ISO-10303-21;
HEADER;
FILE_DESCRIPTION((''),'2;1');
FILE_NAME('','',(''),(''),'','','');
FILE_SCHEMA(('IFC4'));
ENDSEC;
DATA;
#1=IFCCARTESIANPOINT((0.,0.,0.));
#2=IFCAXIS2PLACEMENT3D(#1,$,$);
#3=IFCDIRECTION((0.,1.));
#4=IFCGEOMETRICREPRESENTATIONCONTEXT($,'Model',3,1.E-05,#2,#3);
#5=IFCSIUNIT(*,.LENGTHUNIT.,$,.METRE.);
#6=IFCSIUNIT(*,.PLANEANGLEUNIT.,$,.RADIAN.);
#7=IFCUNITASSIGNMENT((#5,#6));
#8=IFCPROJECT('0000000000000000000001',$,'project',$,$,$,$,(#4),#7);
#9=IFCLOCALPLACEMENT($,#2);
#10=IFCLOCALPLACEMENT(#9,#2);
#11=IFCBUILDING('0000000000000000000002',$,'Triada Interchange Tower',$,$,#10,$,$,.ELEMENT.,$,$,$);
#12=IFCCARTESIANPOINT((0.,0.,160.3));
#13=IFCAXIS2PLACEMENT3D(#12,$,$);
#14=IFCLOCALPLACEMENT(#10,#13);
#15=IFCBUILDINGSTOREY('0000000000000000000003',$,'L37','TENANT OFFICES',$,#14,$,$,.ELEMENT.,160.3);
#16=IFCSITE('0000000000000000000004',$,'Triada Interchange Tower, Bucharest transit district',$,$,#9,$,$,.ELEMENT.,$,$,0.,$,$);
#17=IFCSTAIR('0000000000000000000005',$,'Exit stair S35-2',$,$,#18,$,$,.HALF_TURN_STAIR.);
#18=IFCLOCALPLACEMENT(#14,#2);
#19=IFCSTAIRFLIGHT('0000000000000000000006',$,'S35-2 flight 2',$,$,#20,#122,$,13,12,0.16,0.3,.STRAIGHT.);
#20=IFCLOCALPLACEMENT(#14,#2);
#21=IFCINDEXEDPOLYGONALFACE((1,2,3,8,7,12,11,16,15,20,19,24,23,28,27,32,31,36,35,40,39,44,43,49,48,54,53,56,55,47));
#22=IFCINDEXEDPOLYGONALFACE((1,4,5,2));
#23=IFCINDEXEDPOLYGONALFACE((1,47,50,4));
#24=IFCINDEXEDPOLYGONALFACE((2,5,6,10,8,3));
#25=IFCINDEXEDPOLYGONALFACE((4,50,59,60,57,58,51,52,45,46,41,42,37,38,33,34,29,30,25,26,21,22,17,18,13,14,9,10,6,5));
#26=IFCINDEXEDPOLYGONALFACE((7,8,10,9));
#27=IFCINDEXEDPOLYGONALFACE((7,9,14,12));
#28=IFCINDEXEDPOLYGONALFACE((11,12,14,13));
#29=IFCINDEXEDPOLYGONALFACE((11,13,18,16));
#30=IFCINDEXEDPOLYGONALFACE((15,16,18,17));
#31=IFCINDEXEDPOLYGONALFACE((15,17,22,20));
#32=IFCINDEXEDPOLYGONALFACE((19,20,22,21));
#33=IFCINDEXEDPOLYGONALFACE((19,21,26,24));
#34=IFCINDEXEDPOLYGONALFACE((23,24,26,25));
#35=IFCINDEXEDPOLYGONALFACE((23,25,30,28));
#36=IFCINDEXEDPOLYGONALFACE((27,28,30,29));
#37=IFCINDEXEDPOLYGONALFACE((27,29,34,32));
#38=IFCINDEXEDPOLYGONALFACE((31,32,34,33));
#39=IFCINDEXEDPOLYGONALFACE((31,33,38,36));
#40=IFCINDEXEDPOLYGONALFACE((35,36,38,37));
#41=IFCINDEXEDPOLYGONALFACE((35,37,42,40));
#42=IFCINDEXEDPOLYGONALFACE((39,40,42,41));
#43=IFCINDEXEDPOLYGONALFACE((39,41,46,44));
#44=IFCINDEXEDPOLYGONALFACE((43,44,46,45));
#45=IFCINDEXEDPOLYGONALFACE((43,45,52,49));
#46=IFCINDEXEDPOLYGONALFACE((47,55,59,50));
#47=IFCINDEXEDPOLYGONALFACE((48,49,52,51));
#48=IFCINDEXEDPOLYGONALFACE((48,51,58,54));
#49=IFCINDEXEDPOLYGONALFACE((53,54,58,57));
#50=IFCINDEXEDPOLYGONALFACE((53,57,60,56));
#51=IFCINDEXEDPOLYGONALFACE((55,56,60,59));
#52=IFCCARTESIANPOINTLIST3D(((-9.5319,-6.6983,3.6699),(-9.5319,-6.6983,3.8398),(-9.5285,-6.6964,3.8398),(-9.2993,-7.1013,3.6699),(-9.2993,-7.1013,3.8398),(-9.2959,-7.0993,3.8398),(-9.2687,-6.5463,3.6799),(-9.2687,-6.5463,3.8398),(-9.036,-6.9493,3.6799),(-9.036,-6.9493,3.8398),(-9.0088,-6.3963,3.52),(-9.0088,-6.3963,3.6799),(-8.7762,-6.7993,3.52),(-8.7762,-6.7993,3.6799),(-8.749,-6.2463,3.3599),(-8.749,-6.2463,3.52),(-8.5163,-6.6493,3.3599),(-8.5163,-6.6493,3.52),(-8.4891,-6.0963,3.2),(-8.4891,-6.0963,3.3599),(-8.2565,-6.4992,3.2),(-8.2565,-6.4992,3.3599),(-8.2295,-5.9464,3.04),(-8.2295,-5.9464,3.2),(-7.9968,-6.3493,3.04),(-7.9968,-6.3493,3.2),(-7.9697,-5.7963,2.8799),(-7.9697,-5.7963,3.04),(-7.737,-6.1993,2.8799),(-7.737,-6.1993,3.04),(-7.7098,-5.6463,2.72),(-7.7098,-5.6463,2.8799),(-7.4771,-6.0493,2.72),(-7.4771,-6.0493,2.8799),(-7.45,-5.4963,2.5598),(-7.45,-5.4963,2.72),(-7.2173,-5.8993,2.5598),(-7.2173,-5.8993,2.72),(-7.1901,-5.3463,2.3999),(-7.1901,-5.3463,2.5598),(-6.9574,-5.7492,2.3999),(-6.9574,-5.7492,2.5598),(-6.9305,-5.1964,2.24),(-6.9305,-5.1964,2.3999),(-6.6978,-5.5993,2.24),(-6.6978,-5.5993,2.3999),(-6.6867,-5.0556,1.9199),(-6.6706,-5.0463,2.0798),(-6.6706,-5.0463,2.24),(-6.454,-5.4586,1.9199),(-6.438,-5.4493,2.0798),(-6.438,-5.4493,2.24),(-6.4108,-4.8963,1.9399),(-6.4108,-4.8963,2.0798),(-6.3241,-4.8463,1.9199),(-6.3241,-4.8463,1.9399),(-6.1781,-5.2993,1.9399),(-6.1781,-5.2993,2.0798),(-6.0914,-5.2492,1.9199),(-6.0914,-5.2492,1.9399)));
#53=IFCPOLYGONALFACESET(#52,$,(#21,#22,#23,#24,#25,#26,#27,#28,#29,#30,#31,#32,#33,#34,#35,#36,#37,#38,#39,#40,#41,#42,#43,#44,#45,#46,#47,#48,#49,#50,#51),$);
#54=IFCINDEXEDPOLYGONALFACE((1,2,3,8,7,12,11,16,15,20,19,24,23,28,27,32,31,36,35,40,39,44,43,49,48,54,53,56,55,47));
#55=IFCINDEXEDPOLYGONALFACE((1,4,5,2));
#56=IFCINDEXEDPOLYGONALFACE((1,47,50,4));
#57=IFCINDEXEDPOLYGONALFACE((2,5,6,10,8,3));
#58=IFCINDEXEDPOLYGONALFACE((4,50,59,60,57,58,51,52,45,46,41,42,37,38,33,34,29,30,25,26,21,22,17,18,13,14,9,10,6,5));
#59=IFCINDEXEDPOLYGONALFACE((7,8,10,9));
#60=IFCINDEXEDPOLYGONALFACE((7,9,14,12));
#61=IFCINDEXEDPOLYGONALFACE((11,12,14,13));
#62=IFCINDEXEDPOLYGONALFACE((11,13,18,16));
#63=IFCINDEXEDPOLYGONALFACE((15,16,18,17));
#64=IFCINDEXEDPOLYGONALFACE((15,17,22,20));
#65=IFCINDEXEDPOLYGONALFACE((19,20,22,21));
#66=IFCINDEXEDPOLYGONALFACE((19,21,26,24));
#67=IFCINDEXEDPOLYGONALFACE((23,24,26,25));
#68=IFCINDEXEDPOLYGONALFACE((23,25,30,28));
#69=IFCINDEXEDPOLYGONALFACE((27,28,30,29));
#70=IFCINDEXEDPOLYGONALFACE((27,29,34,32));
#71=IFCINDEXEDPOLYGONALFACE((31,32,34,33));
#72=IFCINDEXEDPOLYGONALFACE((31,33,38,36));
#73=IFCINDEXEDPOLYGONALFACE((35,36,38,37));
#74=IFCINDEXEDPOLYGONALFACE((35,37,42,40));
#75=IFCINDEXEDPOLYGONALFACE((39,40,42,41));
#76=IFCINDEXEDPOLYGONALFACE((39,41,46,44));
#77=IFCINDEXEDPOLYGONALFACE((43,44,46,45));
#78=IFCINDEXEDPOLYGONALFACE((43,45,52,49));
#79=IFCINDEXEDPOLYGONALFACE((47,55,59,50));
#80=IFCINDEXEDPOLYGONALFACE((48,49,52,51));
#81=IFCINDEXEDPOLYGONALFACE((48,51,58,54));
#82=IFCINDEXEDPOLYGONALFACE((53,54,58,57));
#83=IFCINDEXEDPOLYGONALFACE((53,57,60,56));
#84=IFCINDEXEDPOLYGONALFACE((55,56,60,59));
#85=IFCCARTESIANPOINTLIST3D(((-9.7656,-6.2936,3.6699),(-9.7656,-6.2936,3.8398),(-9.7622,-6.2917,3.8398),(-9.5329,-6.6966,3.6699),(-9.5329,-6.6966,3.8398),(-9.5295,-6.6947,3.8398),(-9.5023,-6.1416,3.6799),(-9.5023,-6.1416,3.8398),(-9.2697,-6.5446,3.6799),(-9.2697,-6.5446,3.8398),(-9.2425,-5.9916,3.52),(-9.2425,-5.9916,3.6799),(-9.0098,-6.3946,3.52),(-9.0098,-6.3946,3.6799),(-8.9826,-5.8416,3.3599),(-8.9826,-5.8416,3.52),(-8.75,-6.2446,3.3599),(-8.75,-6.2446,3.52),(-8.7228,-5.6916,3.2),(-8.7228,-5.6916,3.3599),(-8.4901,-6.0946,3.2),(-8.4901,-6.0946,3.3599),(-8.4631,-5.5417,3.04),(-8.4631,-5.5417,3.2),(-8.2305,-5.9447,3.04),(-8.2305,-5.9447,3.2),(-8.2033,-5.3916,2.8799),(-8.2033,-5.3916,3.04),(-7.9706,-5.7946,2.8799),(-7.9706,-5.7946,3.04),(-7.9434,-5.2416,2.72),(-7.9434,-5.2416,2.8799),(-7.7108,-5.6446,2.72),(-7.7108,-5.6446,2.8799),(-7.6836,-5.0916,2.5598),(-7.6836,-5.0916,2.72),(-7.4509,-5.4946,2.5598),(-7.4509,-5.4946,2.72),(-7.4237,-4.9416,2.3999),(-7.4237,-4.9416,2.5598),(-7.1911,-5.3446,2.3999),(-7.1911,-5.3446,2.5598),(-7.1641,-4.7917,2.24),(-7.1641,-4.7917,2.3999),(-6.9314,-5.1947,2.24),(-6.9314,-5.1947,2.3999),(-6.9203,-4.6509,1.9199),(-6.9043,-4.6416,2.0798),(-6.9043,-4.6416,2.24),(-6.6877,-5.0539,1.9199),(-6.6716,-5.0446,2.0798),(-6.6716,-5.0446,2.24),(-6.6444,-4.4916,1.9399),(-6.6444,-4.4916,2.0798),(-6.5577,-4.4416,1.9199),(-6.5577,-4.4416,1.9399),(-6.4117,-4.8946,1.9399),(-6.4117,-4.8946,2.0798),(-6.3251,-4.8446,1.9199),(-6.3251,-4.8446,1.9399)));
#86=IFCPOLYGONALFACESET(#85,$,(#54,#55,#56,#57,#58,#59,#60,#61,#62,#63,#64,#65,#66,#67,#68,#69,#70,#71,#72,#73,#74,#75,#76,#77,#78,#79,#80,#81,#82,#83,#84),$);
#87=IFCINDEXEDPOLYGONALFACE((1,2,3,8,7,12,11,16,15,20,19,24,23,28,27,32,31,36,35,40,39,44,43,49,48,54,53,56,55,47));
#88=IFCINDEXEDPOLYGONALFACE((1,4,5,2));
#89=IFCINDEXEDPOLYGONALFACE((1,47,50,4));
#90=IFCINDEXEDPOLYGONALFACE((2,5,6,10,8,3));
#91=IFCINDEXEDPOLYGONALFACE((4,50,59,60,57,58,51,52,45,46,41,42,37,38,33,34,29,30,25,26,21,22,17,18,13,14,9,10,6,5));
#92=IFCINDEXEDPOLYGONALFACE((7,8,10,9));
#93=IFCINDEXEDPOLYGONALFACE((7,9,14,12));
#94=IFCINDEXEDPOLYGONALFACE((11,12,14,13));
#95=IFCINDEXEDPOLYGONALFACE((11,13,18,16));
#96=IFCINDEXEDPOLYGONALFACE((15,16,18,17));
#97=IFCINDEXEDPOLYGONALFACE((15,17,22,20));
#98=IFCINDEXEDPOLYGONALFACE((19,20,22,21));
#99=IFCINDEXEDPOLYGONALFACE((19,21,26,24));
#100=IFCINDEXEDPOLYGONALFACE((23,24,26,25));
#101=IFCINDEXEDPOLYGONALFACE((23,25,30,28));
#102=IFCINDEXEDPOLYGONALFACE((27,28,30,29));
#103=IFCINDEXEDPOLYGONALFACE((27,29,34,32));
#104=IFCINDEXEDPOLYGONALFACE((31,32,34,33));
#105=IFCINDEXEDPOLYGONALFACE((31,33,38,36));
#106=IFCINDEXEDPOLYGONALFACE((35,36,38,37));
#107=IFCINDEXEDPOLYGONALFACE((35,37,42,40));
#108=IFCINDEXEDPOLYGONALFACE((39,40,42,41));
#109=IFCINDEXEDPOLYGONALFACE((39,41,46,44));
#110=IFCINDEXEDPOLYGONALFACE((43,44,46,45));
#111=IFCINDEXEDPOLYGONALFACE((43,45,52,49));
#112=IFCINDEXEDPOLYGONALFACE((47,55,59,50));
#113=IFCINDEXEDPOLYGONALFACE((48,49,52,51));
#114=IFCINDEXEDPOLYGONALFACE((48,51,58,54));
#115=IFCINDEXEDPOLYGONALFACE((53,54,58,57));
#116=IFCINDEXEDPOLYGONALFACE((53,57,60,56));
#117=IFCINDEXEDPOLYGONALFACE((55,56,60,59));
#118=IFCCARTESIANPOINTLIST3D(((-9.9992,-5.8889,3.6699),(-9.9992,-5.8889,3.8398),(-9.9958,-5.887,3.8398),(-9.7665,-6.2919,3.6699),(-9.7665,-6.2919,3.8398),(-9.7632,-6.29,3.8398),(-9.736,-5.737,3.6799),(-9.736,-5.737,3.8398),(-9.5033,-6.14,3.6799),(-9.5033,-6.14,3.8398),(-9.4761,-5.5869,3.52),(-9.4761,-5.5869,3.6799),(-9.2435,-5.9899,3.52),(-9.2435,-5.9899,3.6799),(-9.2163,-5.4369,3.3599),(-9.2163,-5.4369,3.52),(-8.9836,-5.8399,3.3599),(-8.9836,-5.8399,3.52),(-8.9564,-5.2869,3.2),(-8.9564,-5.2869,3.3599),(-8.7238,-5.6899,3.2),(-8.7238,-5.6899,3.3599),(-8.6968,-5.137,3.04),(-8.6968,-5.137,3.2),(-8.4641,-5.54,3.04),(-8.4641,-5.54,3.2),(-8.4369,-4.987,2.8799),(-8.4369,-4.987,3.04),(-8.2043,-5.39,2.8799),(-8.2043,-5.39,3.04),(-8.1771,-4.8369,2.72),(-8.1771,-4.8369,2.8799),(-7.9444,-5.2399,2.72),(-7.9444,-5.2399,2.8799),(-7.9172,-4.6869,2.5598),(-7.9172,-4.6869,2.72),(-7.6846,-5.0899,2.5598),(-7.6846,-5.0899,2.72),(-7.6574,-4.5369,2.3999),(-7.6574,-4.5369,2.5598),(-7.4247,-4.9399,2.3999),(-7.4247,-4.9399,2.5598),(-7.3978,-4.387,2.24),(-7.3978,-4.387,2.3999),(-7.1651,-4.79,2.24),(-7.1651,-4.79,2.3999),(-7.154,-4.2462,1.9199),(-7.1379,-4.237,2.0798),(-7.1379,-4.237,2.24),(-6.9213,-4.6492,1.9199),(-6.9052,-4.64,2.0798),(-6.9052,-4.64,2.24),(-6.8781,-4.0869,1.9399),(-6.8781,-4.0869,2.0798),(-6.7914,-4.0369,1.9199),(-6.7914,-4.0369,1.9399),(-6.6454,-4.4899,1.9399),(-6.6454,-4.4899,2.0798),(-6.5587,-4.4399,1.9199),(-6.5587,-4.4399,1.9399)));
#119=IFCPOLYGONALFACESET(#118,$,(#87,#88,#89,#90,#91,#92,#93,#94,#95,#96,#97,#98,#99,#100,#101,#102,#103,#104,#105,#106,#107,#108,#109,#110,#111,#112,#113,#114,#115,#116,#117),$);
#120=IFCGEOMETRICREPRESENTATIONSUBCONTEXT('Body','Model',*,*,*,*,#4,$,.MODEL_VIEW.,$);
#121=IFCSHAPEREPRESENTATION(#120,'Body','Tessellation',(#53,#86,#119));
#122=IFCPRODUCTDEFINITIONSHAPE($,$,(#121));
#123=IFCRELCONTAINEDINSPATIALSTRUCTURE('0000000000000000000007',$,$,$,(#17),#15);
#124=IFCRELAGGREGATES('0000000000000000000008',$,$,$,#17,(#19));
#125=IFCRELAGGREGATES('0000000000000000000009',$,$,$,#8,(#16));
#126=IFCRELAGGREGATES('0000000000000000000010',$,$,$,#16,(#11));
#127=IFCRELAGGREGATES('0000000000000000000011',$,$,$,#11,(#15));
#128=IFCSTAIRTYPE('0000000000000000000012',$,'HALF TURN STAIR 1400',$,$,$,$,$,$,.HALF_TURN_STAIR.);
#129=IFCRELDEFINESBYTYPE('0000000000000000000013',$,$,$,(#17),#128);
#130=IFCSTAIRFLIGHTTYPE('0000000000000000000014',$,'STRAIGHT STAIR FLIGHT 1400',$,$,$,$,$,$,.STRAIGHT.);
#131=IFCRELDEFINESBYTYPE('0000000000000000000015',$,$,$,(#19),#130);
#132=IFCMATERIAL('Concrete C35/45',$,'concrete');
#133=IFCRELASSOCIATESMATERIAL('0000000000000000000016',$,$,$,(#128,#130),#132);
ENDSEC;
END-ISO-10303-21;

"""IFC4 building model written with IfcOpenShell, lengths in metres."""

from ifc_helpers import new_model, si_unit, direction, frame, origin, place, context, subcontext, project, spatial, polyline, outline, extrude, material, type_object, element, aggregate, save


model = new_model("IFC4")

# Units and contexts
model_context = context("Model", 3, precision=1e-05, world=origin(), true_north=direction((0.0, 1.0)))
body_context = subcontext(model_context, "Body", "Model", "MODEL_VIEW")
ifc_project = project(units=[si_unit("LENGTHUNIT", "METRE"), si_unit("PLANEANGLEUNIT", "RADIAN")], contexts=[model_context])

# Site, building, storey
site_placement = place(None, origin())
site = spatial("IfcSite", under=ifc_project, at=site_placement, Name="Triada Interchange Tower, Bucharest transit district", CompositionType="ELEMENT", RefElevation=0.0)
building_placement = place(site_placement, origin())
building = spatial("IfcBuilding", under=site, at=building_placement, Name="Triada Interchange Tower", CompositionType="ELEMENT")
storey_placement = place(building_placement, frame((0.0, 0.0, 160.3)))
storey = spatial("IfcBuildingStorey", under=building, at=storey_placement, Name="L37", Description="TENANT OFFICES", CompositionType="ELEMENT", Elevation=160.3)

# Stair, stair flight
ifc_material_1 = material(Name="Concrete C35/45", Category="concrete")
stair_type = type_object("IfcStairType", Name="HALF TURN STAIR 1400", PredefinedType="HALF_TURN_STAIR", material=ifc_material_1)
stair_placement = place(storey_placement, origin())
stair = element("IfcStair", 1, at=stair_placement, inside=storey, type_object=stair_type, Name="Exit stair S35-2", PredefinedType="HALF_TURN_STAIR")
stair_flight_type = type_object("IfcStairFlightType", Name="STRAIGHT STAIR FLIGHT 1400", PredefinedType="STRAIGHT", material=ifc_material_1)
stair_flight_1_placement = place(storey_placement, frame((-6.5281, -4.6931, 1.9199), z_axis=(0.0, 0.0, 1.0), x_axis=(-0.866025, -0.5, 0.0)))
stair_flight_1 = element("IfcStairFlight", 2, at=stair_flight_1_placement, type_object=stair_flight_type, Name="S35-2 flight 2", NumberOfRisers=13, NumberOfTreads=12, PredefinedType="STRAIGHT", RiserHeight=0.16, TreadLength=0.3, context=body_context, shape_type="SweptSolid", body=[
    extrude(outline(polyline([(-0.1001, 0.0), (-0.1001, 0.02), (0.0, 0.02), (0.0, 0.1599), (0.3, 0.1599), (0.3, 0.3201), (0.6001, 0.3201), (0.6001, 0.48), (0.8999, 0.48), (0.8999, 0.6399), (1.2, 0.6399), (1.2, 0.8), (1.5, 0.8), (1.5, 0.96), (1.8, 0.96), (1.8, 1.1201), (2.1001, 1.1201), (2.1001, 1.28), (2.3999, 1.28), (2.3999, 1.4399), (2.7, 1.4399), (2.7, 1.6001), (3.0, 1.6001), (3.0, 1.76), (3.3, 1.76), (3.3, 1.9199), (3.6001, 1.9199), (3.604, 1.9199), (3.604, 2.0801), (3.604, 1.75), (0.3186, 0.0), (-0.1001, 0.0)])), frame((0.0, 0.7, 0.0), z_axis=(0.0, -1.0, 0.0), x_axis=(1.0, 0.0, 0.0)), (0.0, 0.0, 1.0), 0.4653),
    extrude(outline(polyline([(-0.1001, 0.0), (-0.1001, 0.02), (0.0, 0.02), (0.0, 0.1599), (0.3, 0.1599), (0.3, 0.3201), (0.6001, 0.3201), (0.6001, 0.48), (0.8999, 0.48), (0.8999, 0.6399), (1.2, 0.6399), (1.2, 0.8), (1.5, 0.8), (1.5, 0.96), (1.8, 0.96), (1.8, 1.1201), (2.1001, 1.1201), (2.1001, 1.28), (2.3999, 1.28), (2.3999, 1.4399), (2.7, 1.4399), (2.7, 1.6001), (3.0, 1.6001), (3.0, 1.76), (3.3, 1.76), (3.3, 1.9199), (3.6001, 1.9199), (3.604, 1.9199), (3.604, 2.0801), (3.604, 1.75), (0.3186, 0.0), (-0.1001, 0.0)])), frame((0.0, 0.2327, 0.0), z_axis=(0.0, -1.0, 0.0), x_axis=(1.0, 0.0, 0.0)), (0.0, 0.0, 1.0), 0.4653),
    extrude(outline(polyline([(-0.1001, 0.0), (-0.1001, 0.02), (0.0, 0.02), (0.0, 0.1599), (0.3, 0.1599), (0.3, 0.3201), (0.6001, 0.3201), (0.6001, 0.48), (0.8999, 0.48), (0.8999, 0.6399), (1.2, 0.6399), (1.2, 0.8), (1.5, 0.8), (1.5, 0.96), (1.8, 0.96), (1.8, 1.1201), (2.1001, 1.1201), (2.1001, 1.28), (2.3999, 1.28), (2.3999, 1.4399), (2.7, 1.4399), (2.7, 1.6001), (3.0, 1.6001), (3.0, 1.76), (3.3, 1.76), (3.3, 1.9199), (3.6001, 1.9199), (3.604, 1.9199), (3.604, 2.0801), (3.604, 1.75), (0.3186, 0.0), (-0.1001, 0.0)])), frame((0.0, -0.2346, 0.0), z_axis=(0.0, -1.0, 0.0), x_axis=(1.0, 0.0, 0.0)), (0.0, 0.0, 1.0), 0.4653),
])
aggregate(stair, [stair_flight_1])

save(model, "model.ifc")
